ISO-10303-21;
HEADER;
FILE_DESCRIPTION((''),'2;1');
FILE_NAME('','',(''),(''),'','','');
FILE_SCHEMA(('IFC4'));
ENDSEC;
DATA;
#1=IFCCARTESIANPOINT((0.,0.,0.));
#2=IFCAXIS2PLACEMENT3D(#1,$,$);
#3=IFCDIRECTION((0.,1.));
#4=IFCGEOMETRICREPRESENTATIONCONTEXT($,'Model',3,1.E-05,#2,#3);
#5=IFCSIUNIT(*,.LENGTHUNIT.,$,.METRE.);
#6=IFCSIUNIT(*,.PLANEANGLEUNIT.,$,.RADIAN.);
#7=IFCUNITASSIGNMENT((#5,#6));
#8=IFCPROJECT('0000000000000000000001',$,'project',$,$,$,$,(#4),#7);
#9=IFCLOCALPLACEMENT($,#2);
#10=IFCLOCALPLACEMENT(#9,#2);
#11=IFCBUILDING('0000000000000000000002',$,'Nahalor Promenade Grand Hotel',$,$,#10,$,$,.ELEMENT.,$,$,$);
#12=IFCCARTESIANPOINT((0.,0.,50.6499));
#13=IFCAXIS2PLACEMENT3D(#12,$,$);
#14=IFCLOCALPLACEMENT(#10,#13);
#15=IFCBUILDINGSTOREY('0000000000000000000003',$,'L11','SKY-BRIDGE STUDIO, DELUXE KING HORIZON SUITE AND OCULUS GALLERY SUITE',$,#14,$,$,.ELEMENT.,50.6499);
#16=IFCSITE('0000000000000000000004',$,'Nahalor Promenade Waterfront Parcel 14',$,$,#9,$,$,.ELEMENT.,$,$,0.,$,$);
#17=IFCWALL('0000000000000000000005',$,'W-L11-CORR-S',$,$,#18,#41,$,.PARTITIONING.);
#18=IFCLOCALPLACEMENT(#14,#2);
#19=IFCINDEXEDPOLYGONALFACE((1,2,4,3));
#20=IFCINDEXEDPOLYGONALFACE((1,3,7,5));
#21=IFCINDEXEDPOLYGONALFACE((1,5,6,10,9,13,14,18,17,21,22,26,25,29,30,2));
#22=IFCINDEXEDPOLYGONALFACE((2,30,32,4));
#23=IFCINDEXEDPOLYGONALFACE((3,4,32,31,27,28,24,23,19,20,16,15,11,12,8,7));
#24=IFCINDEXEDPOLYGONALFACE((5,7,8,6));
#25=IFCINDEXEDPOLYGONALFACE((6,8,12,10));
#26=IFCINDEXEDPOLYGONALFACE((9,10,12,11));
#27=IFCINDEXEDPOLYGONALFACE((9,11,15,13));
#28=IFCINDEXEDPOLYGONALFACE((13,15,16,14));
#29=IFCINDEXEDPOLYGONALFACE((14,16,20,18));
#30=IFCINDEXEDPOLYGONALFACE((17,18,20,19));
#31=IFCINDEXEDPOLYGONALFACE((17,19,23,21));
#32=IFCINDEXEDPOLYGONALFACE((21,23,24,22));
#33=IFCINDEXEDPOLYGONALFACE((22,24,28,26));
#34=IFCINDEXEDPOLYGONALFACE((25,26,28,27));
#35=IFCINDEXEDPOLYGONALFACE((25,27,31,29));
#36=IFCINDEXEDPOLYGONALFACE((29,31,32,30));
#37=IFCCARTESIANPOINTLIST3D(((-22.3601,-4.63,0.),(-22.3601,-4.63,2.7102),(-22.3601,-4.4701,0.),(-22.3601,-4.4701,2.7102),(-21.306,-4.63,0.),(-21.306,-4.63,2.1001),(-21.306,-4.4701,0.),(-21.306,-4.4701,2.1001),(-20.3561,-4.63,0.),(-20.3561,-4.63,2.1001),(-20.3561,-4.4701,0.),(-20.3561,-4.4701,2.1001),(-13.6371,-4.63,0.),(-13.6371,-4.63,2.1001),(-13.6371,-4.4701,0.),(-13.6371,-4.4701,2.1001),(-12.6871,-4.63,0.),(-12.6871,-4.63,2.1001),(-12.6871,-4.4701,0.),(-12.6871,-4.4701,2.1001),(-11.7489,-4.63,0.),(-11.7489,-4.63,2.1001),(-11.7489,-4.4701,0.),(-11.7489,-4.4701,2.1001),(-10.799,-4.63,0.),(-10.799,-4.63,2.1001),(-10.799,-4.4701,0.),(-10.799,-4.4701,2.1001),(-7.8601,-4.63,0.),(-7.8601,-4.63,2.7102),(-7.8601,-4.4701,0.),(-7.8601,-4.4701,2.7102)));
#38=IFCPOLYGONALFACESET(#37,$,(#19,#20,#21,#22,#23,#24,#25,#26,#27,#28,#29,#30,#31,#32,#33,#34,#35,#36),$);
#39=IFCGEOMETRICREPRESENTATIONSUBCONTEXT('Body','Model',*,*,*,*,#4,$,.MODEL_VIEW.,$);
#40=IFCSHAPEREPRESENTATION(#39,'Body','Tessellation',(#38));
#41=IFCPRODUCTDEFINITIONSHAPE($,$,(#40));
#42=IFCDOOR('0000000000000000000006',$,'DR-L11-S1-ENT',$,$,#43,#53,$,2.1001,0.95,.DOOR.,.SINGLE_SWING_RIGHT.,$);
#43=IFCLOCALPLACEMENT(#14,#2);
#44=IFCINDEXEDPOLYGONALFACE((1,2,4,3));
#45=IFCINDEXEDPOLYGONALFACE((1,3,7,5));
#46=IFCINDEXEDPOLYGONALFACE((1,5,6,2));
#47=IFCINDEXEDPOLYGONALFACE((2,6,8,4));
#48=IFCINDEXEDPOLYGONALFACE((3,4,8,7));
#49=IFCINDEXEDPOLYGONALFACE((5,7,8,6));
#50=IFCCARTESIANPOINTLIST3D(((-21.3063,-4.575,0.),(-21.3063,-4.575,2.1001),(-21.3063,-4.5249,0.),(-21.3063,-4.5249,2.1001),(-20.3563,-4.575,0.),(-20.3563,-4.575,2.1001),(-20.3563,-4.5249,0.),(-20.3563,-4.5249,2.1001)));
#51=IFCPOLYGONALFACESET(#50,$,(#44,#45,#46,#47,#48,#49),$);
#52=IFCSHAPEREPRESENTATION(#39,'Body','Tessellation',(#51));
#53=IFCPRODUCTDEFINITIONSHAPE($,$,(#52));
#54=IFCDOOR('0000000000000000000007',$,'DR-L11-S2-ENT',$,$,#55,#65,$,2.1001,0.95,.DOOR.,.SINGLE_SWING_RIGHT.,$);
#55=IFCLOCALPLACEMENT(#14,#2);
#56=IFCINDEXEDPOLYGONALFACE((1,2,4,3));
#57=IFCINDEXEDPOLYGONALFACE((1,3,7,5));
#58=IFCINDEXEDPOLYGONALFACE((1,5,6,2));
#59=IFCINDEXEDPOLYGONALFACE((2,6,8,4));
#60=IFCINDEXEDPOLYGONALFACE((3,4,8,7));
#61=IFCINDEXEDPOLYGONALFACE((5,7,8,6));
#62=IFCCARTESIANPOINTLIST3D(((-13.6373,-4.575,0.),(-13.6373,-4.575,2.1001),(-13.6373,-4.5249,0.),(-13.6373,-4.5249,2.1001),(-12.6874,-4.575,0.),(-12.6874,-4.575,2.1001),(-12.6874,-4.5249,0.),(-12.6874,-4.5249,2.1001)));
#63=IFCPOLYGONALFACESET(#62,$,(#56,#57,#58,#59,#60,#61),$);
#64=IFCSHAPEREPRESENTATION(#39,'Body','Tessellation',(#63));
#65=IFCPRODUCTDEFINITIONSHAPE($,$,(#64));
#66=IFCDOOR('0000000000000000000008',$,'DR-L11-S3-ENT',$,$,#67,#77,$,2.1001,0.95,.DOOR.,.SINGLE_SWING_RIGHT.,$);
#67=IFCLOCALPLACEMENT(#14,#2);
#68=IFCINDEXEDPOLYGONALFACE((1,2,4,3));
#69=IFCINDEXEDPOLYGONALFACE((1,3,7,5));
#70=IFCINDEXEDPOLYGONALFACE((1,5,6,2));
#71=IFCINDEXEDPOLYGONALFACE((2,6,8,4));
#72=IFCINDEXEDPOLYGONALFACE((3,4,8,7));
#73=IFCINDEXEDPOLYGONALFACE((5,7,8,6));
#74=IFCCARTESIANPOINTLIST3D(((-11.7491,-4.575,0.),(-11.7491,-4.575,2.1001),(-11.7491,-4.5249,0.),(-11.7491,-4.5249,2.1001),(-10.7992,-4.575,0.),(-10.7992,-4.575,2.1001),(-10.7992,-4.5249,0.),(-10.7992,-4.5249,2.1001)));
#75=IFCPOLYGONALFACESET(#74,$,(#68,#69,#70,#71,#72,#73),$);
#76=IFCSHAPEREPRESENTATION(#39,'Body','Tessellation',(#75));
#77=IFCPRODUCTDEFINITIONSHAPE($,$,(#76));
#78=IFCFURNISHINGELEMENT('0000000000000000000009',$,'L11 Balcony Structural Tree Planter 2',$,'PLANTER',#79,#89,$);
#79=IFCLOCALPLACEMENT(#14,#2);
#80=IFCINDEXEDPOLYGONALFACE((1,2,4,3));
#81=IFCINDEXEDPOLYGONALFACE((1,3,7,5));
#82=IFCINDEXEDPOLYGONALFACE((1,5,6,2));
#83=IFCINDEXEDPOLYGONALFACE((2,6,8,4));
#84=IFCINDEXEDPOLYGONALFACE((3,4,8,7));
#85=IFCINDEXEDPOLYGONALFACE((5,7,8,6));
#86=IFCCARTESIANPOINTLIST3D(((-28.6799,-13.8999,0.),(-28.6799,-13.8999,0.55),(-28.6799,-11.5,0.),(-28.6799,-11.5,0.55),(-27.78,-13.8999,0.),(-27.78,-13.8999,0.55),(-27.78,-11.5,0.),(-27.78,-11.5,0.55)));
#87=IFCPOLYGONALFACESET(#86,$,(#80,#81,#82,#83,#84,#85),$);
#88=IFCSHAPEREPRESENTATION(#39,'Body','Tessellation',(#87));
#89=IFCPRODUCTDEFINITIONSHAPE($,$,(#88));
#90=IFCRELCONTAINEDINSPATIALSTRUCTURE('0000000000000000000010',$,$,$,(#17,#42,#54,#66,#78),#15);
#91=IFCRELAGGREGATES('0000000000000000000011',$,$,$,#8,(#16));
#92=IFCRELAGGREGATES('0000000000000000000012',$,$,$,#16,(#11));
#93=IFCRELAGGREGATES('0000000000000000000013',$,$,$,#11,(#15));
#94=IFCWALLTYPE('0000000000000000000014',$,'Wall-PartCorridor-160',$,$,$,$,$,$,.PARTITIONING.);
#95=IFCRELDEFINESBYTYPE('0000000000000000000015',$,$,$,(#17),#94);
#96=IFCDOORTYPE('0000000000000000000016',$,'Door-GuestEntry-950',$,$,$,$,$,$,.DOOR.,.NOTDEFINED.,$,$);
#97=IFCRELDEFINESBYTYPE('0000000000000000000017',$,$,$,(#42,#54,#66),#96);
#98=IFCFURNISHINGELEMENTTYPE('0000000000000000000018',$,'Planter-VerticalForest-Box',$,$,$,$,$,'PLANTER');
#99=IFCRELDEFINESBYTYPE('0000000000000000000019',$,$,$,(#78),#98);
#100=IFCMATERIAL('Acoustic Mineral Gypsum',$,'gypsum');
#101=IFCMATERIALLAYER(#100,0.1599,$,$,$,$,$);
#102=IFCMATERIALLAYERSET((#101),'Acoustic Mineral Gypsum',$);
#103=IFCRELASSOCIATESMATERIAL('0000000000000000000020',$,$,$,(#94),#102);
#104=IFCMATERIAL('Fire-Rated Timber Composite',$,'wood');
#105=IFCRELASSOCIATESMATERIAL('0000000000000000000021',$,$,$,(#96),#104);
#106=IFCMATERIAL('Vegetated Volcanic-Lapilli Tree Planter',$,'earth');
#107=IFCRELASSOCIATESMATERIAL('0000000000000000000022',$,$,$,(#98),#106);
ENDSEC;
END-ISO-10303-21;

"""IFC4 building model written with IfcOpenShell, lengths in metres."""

from ifc_helpers import new_model, si_unit, direction, frame, frame_2d, origin, origin_2d, place, context, subcontext, project, spatial, rectangle, extrude, source, transform, mapped, material, layer, layer_set, type_object, element, fill, save


model = new_model("IFC4")

# Units and contexts
model_context = context("Model", 3, precision=1e-05, world=origin(), true_north=direction((0.0, 1.0)))
body_context = subcontext(model_context, "Body", "Model", "MODEL_VIEW")
ifc_project = project(units=[si_unit("LENGTHUNIT", "METRE"), si_unit("PLANEANGLEUNIT", "RADIAN")], contexts=[model_context])

# Site, building, storey
site_placement = place(None, origin())
site = spatial("IfcSite", under=ifc_project, at=site_placement, Name="Nahalor Promenade Waterfront Parcel 14", CompositionType="ELEMENT", RefElevation=0.0)
building_placement = place(site_placement, origin())
building = spatial("IfcBuilding", under=site, at=building_placement, Name="Nahalor Promenade Grand Hotel", CompositionType="ELEMENT")
storey_placement = place(building_placement, frame((0.0, 0.0, 50.6499)))
storey = spatial("IfcBuildingStorey", under=building, at=storey_placement, Name="L11", Description="SKY-BRIDGE STUDIO, DELUXE KING HORIZON SUITE AND OCULUS GALLERY SUITE", CompositionType="ELEMENT", Elevation=50.6499)

# Wall, openings, doors
ifc_material_1 = material(Name="Acoustic Mineral Gypsum", Category="gypsum")
ifc_layer_1 = layer(ifc_material_1, 0.1599)
ifc_layer_set_1 = layer_set([ifc_layer_1], Name="Acoustic Mineral Gypsum")
wall_type = type_object("IfcWallType", Name="Wall-PartCorridor-160", PredefinedType="PARTITIONING", material=ifc_layer_set_1)
shared_shape_1 = source(origin(), body_context, "Body", "SweptSolid", [
    extrude(rectangle(XDim=14.5, YDim=0.1599, at=frame_2d((7.25, 0.0))), origin(), (0.0, 0.0, 1.0), 2.7102),
])
wall_placement = place(storey_placement, frame((-22.3601, -4.55, 0.0), z_axis=(0.0, 0.0, 1.0), x_axis=(1.0, 0.0, 0.0)))
wall = element("IfcWall", 1, at=wall_placement, inside=storey, type_object=wall_type, Name="W-L11-CORR-S", PredefinedType="PARTITIONING", context=body_context, shape_type="MappedRepresentation", body=[
    mapped(shared_shape_1, transform((0.0, 0.0, 0.0), scale=1.0)),
])
opening_1_placement = place(wall_placement, frame((1.054, 0.0, 0.0)))
opening_1 = element("IfcOpeningElement", 2, at=opening_1_placement, cuts=wall, PredefinedType="OPENING", context=body_context, shape_type="SweptSolid", body=[
    extrude(rectangle(XDim=0.95, YDim=2.1001, at=frame_2d((0.4751, 1.05))), frame((0.0, 0.0898, 0.0), z_axis=(0.0, -1.0, 0.0), x_axis=(1.0, 0.0, 0.0)), (0.0, 0.0, 1.0), 0.1799),
])
opening_2_placement = place(wall_placement, frame((8.7229, 0.0, 0.0)))
opening_2 = element("IfcOpeningElement", 3, at=opening_2_placement, cuts=wall, PredefinedType="OPENING", context=body_context, shape_type="SweptSolid", body=[
    extrude(rectangle(XDim=0.95, YDim=2.1001, at=frame_2d((0.4751, 1.05))), frame((0.0, 0.0898, 0.0), z_axis=(0.0, -1.0, 0.0), x_axis=(1.0, 0.0, 0.0)), (0.0, 0.0, 1.0), 0.1799),
])
opening_3_placement = place(wall_placement, frame((10.6111, 0.0, 0.0)))
opening_3 = element("IfcOpeningElement", 4, at=opening_3_placement, cuts=wall, PredefinedType="OPENING", context=body_context, shape_type="SweptSolid", body=[
    extrude(rectangle(XDim=0.95, YDim=2.1001, at=frame_2d((0.4751, 1.05))), frame((0.0, 0.0898, 0.0), z_axis=(0.0, -1.0, 0.0), x_axis=(1.0, 0.0, 0.0)), (0.0, 0.0, 1.0), 0.1799),
])
ifc_material_2 = material(Name="Fire-Rated Timber Composite", Category="wood")
door_type = type_object("IfcDoorType", Name="Door-GuestEntry-950", OperationType="NOTDEFINED", PredefinedType="DOOR", material=ifc_material_2)
shared_shape_2 = source(origin(), body_context, "Body", "SweptSolid", [
    extrude(rectangle(XDim=0.95, YDim=2.1001, at=frame_2d((0.4751, 1.05))), frame((0.0, 0.0249, 0.0), z_axis=(0.0, -1.0, 0.0), x_axis=(1.0, 0.0, 0.0)), (0.0, 0.0, 1.0), 0.05),
])
door_1_placement = place(opening_1_placement, frame((0.95, 0.0, 0.0), z_axis=(0.0, 0.0, 1.0), x_axis=(-1.0, 0.0, 0.0)))
door_1 = element("IfcDoor", 5, at=door_1_placement, inside=storey, type_object=door_type, Name="DR-L11-S1-ENT", OperationType="SINGLE_SWING_RIGHT", OverallHeight=2.1001, OverallWidth=0.95, PredefinedType="DOOR", context=body_context, shape_type="MappedRepresentation", body=[
    mapped(shared_shape_2, transform((0.0, 0.0, 0.0), scale=1.0)),
])
fill(opening_1, door_1)
door_2_placement = place(opening_2_placement, frame((0.95, 0.0, 0.0), z_axis=(0.0, 0.0, 1.0), x_axis=(-1.0, 0.0, 0.0)))
door_2 = element("IfcDoor", 6, at=door_2_placement, inside=storey, type_object=door_type, Name="DR-L11-S2-ENT", OperationType="SINGLE_SWING_RIGHT", OverallHeight=2.1001, OverallWidth=0.95, PredefinedType="DOOR", context=body_context, shape_type="MappedRepresentation", body=[
    mapped(shared_shape_2, transform((0.0, 0.0, 0.0), scale=1.0)),
])
fill(opening_2, door_2)
door_3_placement = place(opening_3_placement, frame((0.95, 0.0, 0.0), z_axis=(0.0, 0.0, 1.0), x_axis=(-1.0, 0.0, 0.0)))
door_3 = element("IfcDoor", 7, at=door_3_placement, inside=storey, type_object=door_type, Name="DR-L11-S3-ENT", OperationType="SINGLE_SWING_RIGHT", OverallHeight=2.1001, OverallWidth=0.95, PredefinedType="DOOR", context=body_context, shape_type="MappedRepresentation", body=[
    mapped(shared_shape_2, transform((0.0, 0.0, 0.0), scale=1.0)),
])
fill(opening_3, door_3)

# Furnishing element
ifc_material_3 = material(Name="Vegetated Volcanic-Lapilli Tree Planter", Category="earth")
furnishing_element_type = type_object("IfcFurnishingElementType", Name="Planter-VerticalForest-Box", ElementType="PLANTER", material=ifc_material_3)
shared_shape_3 = source(origin(), body_context, "Body", "SweptSolid", [
    extrude(rectangle(XDim=2.3999, YDim=0.8999, at=origin_2d()), origin(), (0.0, 0.0, 1.0), 0.55),
])
furnishing_placement = place(storey_placement, frame((-28.23, -12.7, 0.0), z_axis=(0.0, 0.0, 1.0), x_axis=(0.0, 1.0, 0.0)))
element("IfcFurnishingElement", 8, at=furnishing_placement, inside=storey, type_object=furnishing_element_type, Name="L11 Balcony Structural Tree Planter 2", ObjectType="PLANTER", context=body_context, shape_type="MappedRepresentation", body=[
    mapped(shared_shape_3, transform((0.0, 0.0, 0.0), scale=1.0)),
])

save(model, "model.ifc")
